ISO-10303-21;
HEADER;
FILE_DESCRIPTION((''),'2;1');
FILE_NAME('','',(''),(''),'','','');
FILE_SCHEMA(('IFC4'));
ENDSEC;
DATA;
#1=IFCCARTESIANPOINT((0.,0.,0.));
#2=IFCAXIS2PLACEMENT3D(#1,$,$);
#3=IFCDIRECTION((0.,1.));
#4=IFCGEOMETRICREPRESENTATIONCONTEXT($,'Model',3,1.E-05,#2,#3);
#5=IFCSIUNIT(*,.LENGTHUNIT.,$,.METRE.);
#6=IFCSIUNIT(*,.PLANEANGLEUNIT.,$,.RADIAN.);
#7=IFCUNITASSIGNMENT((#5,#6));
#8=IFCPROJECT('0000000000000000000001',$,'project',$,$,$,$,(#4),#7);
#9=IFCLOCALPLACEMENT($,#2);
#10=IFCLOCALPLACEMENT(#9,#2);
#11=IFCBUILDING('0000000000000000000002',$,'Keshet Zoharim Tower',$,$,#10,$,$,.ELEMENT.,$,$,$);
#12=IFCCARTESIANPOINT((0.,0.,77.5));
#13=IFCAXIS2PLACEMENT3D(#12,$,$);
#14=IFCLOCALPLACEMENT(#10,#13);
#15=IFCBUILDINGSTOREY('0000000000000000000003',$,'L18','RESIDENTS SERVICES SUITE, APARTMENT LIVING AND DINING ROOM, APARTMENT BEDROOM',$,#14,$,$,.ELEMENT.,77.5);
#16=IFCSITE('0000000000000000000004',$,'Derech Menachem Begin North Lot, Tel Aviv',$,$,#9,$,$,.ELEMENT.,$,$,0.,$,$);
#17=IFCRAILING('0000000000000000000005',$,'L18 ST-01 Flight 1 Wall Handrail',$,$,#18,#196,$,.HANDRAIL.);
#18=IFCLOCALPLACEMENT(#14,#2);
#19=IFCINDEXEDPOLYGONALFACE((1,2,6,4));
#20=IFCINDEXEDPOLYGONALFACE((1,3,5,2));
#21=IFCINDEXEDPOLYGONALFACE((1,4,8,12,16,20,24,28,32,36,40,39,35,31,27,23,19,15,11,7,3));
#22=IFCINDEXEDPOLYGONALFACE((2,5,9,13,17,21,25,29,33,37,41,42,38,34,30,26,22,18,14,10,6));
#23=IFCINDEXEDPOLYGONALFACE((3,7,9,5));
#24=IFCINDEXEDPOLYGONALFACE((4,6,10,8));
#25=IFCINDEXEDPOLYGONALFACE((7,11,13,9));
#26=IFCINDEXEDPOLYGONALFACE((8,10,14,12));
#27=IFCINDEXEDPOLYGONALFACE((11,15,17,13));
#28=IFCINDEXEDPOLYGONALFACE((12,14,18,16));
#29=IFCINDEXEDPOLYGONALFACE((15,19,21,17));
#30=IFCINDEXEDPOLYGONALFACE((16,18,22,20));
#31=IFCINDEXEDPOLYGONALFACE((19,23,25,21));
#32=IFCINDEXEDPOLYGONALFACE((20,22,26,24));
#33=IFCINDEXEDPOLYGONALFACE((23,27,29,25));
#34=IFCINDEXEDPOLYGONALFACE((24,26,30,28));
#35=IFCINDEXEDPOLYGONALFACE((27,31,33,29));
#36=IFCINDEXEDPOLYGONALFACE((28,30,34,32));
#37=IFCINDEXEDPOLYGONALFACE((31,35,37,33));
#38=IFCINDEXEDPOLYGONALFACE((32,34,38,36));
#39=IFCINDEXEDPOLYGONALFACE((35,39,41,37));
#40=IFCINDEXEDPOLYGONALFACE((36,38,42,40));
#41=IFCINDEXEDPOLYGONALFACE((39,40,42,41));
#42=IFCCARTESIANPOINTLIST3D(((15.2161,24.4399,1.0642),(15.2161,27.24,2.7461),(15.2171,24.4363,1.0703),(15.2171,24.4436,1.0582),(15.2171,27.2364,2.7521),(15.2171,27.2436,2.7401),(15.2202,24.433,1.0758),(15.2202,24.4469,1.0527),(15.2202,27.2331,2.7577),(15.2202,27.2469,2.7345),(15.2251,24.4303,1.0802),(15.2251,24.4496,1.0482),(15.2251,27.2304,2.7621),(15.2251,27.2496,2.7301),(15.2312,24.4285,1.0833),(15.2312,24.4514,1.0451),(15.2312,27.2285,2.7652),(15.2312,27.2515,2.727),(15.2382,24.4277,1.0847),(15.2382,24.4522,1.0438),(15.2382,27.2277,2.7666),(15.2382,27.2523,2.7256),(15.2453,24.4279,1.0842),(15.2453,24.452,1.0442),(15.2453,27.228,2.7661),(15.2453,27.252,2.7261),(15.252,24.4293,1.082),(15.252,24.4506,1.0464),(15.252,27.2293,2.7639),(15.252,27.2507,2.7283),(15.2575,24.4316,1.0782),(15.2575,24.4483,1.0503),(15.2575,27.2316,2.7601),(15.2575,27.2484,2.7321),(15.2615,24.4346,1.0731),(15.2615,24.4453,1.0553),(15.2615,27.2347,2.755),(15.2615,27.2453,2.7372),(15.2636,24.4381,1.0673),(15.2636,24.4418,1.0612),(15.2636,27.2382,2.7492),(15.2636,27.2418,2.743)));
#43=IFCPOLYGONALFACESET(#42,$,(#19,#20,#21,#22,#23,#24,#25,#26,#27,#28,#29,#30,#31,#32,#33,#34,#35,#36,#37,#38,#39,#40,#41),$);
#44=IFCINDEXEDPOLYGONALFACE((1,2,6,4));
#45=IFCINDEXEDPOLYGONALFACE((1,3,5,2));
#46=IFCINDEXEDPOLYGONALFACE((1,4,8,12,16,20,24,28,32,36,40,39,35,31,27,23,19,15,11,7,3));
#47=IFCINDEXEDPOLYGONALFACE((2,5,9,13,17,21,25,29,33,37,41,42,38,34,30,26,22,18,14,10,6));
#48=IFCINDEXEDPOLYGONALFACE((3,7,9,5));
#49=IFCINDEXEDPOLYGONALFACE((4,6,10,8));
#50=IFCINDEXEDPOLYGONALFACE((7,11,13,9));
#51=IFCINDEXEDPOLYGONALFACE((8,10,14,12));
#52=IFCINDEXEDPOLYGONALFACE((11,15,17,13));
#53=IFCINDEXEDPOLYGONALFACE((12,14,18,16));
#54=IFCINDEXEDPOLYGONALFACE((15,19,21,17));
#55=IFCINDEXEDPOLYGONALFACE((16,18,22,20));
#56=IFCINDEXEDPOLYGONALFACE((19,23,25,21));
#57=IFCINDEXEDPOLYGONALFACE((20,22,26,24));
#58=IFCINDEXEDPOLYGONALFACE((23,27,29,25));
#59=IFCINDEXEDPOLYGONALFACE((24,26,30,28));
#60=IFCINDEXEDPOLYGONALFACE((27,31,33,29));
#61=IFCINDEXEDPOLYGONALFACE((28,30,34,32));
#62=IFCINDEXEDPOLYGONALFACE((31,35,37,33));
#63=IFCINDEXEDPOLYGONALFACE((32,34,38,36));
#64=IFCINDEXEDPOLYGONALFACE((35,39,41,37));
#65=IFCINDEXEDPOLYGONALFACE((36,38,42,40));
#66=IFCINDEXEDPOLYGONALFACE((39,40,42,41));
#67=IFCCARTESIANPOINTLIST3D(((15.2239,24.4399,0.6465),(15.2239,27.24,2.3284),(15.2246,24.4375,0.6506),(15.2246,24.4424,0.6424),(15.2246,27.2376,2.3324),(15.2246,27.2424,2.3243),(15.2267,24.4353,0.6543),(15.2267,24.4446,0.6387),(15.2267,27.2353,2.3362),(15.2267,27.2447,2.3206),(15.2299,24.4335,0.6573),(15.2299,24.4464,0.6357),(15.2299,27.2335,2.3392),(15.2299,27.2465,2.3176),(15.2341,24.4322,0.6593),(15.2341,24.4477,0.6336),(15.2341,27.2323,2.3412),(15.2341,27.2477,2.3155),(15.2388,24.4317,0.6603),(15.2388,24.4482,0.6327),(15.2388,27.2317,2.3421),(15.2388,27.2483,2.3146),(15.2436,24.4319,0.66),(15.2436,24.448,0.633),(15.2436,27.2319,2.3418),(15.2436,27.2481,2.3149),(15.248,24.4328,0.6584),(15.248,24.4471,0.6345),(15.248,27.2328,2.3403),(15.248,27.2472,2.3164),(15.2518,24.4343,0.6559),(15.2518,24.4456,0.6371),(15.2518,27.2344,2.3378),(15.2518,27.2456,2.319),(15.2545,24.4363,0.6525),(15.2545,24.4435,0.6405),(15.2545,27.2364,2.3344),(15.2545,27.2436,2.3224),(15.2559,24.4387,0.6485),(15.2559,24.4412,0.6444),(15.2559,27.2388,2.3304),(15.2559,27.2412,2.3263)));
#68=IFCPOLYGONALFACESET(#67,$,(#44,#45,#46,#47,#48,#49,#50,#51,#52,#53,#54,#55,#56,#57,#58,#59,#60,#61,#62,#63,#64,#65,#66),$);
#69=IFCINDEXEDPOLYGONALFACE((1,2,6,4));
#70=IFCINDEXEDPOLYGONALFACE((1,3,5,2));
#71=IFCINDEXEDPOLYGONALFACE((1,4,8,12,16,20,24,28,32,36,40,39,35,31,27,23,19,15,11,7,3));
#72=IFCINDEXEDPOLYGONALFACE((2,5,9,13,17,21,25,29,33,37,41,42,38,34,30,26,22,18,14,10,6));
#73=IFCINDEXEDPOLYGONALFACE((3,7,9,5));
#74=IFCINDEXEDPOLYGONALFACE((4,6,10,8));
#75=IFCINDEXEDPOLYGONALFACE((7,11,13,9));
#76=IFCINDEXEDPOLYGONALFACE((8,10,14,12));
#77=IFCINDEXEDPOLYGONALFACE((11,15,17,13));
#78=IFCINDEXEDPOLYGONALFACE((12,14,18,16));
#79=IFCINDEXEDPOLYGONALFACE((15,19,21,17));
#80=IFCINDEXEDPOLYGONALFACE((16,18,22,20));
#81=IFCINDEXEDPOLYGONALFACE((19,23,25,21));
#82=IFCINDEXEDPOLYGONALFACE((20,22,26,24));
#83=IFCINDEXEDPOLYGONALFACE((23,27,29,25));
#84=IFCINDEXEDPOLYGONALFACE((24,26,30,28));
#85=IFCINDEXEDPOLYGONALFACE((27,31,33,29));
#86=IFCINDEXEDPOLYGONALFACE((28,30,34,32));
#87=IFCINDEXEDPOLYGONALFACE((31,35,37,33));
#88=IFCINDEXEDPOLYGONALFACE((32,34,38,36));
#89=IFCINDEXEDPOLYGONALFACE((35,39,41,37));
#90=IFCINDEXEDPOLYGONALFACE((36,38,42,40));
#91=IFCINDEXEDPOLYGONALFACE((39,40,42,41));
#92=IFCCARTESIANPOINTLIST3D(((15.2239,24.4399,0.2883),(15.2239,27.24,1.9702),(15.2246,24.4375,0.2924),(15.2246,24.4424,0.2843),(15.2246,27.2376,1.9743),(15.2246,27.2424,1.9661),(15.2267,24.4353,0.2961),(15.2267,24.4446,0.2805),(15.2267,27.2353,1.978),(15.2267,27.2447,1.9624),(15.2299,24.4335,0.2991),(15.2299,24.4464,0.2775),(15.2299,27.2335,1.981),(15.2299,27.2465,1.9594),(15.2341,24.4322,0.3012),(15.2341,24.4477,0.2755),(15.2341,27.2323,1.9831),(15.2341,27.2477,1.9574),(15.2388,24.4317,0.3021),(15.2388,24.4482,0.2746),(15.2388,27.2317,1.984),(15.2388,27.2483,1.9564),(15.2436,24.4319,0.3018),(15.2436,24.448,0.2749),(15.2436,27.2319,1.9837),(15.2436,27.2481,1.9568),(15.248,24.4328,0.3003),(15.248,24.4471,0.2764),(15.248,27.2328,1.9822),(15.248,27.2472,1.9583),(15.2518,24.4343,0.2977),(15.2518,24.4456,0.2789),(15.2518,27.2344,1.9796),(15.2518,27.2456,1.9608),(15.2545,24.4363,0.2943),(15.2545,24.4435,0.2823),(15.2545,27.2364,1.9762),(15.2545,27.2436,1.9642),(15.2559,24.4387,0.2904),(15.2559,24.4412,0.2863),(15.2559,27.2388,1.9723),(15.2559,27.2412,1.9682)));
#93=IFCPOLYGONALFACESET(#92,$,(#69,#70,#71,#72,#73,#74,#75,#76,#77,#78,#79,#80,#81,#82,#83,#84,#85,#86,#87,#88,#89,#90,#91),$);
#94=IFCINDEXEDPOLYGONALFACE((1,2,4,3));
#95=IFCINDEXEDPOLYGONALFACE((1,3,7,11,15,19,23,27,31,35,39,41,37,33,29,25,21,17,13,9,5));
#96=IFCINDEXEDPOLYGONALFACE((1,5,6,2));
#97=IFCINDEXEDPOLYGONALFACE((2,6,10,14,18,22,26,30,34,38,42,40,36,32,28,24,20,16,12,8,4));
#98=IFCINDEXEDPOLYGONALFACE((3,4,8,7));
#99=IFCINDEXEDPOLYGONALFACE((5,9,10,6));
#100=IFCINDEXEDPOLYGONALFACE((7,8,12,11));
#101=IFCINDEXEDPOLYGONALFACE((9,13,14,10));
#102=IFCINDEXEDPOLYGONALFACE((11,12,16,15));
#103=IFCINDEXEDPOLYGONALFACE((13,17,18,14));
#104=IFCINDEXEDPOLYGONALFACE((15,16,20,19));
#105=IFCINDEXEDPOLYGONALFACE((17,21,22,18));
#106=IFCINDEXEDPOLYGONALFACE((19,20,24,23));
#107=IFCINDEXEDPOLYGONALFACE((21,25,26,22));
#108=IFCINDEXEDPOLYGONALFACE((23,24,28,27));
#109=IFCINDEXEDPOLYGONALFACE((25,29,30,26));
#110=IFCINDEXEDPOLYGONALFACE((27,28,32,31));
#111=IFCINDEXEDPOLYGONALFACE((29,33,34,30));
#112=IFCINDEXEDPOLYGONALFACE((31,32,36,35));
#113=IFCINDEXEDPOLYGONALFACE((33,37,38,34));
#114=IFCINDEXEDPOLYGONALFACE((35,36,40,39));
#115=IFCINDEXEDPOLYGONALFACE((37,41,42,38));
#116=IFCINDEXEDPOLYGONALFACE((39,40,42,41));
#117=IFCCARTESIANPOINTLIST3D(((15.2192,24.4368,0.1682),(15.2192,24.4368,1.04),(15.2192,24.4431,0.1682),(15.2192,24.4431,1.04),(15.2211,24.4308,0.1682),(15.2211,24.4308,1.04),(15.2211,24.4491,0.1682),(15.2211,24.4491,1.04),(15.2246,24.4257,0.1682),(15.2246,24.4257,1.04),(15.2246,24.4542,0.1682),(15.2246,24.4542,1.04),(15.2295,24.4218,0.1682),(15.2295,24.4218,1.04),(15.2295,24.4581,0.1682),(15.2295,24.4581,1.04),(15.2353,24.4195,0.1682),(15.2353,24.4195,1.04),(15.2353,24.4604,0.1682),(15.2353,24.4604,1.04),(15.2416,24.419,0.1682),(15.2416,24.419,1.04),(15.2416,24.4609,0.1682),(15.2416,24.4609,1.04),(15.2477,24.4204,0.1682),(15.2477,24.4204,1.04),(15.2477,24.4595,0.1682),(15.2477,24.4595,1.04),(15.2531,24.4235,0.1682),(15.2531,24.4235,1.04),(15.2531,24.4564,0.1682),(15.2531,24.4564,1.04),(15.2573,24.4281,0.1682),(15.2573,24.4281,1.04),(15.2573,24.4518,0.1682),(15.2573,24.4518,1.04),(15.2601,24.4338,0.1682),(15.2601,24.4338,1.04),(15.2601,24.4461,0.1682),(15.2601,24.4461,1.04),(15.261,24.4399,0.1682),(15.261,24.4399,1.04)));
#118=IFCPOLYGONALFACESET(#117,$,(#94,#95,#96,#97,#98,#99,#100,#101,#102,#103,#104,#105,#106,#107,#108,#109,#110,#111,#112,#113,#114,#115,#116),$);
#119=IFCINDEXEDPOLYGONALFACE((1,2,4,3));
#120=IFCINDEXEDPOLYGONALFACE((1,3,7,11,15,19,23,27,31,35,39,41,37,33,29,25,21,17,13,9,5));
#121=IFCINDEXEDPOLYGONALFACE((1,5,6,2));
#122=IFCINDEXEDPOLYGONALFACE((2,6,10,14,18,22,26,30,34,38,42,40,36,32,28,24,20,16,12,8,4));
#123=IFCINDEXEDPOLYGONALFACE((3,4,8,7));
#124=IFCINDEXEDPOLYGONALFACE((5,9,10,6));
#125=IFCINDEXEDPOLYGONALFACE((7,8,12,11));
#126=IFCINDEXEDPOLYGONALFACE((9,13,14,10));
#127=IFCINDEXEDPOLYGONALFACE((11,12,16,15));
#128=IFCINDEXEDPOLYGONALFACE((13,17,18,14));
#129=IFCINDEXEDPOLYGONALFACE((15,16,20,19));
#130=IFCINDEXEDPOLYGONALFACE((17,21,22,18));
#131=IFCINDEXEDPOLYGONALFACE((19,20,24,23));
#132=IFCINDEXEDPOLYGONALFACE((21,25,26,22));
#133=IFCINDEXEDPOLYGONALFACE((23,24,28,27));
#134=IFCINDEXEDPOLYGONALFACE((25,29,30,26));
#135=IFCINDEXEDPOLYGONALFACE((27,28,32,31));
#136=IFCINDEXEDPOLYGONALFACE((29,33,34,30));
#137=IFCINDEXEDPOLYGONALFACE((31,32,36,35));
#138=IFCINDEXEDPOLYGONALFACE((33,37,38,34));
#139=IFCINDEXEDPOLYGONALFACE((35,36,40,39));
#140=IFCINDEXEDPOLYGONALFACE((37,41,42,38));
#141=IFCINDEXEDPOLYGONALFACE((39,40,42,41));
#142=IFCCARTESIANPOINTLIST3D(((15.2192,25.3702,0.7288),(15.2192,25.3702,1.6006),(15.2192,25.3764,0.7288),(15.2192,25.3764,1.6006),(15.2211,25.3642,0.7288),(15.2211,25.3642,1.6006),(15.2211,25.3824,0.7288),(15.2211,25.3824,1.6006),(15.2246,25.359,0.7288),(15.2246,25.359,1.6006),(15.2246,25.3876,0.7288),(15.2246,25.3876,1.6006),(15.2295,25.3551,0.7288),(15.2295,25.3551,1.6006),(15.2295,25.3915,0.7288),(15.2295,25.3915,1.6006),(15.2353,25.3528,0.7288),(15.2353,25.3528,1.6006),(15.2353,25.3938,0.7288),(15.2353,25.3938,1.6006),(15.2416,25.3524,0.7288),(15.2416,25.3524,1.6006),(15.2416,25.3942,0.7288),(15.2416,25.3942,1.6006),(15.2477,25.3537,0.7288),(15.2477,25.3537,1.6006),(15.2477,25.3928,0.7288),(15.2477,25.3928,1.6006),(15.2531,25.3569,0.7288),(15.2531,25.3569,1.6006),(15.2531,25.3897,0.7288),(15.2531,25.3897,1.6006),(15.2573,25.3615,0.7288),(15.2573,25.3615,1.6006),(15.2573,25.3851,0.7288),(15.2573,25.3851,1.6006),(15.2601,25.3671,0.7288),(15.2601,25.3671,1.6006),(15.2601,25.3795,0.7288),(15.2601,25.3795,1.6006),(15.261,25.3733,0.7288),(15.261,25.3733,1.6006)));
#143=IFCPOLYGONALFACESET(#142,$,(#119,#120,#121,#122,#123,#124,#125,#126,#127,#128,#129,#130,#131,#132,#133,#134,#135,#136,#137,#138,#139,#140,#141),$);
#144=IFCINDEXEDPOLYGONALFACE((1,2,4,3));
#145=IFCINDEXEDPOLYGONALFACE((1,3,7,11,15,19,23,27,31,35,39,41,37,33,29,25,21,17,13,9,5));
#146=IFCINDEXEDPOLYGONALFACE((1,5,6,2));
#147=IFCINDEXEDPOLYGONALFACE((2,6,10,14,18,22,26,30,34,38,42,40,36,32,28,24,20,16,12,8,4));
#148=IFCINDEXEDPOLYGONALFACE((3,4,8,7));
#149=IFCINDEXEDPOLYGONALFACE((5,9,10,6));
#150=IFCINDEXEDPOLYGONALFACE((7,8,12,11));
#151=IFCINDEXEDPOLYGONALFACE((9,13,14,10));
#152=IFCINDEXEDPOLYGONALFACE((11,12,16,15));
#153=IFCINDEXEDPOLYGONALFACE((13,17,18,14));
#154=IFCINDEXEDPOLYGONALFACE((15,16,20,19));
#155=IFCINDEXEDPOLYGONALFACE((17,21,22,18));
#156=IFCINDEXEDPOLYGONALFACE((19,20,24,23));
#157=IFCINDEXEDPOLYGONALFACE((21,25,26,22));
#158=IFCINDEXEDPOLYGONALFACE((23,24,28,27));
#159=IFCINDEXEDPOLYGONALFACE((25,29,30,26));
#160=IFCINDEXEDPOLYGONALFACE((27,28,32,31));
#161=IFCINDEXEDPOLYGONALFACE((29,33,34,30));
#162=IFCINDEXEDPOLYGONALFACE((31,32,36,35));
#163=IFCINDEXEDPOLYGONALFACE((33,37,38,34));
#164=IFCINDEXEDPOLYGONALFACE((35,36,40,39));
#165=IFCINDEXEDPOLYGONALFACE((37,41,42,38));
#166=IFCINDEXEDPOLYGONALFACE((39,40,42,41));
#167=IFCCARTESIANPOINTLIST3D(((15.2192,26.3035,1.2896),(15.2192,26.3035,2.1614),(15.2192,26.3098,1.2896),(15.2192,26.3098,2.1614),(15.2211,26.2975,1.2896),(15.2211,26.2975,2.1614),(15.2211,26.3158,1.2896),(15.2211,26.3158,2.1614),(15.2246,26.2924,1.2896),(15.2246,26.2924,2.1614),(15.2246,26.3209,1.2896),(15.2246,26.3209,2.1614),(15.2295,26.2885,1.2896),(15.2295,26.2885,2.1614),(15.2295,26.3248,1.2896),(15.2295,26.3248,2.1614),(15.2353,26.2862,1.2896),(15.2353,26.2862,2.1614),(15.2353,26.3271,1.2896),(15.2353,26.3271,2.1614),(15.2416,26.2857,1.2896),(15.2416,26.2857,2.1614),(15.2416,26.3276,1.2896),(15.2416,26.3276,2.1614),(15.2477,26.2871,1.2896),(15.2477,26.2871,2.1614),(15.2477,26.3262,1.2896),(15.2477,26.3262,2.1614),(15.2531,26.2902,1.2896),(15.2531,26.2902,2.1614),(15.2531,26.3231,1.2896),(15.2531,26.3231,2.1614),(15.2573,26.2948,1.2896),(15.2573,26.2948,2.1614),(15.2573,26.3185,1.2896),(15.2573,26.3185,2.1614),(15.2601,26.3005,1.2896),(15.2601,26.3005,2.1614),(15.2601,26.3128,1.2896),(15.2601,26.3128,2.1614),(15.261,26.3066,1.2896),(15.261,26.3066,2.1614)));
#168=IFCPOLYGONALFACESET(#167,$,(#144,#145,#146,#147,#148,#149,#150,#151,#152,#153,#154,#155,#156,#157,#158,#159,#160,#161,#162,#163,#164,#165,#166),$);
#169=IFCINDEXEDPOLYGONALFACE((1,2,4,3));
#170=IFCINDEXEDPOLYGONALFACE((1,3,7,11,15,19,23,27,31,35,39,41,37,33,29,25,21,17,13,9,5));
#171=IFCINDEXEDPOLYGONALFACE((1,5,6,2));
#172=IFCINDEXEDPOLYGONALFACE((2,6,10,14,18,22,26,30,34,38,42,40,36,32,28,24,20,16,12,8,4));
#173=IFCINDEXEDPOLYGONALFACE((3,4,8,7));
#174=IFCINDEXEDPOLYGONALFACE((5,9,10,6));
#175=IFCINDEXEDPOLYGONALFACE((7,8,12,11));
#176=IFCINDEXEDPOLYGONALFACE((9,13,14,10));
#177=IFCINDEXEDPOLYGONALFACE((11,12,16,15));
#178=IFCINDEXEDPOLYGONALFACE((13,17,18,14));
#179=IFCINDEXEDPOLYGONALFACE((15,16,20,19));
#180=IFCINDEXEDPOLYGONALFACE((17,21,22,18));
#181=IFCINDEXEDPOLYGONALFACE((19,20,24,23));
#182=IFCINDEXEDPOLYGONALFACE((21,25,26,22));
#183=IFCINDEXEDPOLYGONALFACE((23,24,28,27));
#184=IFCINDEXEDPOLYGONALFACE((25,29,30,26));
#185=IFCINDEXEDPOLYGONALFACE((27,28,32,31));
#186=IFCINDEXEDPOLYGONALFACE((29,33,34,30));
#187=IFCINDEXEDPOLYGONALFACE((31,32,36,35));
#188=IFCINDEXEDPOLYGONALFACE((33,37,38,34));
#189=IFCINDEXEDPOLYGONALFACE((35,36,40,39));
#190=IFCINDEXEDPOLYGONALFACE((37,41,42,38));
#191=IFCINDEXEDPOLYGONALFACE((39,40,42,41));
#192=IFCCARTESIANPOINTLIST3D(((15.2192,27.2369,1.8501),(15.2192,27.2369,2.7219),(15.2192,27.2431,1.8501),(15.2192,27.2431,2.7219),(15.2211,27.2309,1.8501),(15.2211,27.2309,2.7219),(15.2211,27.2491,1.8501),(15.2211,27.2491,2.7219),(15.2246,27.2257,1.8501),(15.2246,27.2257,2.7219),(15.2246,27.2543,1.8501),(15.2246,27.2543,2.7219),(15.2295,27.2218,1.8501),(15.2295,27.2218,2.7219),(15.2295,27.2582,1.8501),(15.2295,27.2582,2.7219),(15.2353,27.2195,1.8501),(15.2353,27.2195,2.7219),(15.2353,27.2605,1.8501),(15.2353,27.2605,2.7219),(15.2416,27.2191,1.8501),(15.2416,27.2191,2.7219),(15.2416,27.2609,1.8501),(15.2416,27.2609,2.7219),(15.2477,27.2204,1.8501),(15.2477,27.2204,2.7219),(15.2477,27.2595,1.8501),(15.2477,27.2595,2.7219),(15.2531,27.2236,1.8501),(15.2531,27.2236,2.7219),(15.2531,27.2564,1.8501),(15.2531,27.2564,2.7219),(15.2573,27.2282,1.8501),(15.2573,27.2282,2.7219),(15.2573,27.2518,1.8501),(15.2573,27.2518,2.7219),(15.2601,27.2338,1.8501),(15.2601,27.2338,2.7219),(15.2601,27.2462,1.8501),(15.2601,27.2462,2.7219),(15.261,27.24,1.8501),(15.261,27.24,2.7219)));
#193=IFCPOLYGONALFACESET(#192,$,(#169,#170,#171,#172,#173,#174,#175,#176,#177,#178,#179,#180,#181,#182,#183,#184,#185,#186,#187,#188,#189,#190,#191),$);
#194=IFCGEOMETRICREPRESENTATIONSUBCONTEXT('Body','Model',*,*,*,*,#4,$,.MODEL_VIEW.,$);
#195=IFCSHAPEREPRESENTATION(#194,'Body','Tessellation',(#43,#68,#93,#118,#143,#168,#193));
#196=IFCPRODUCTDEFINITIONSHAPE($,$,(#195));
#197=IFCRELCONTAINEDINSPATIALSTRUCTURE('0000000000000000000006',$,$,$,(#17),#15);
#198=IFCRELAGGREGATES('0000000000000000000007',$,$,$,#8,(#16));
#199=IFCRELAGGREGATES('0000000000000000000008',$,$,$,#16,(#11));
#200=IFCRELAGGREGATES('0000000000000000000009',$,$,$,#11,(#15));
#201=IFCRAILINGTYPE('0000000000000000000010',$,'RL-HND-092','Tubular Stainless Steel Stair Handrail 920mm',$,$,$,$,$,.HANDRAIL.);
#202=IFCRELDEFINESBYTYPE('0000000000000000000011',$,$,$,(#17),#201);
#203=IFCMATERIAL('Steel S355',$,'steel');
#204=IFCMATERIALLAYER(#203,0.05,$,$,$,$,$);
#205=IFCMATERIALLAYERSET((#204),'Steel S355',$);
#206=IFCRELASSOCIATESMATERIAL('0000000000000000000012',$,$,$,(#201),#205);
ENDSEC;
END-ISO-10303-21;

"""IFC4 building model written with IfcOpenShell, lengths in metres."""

from ifc_helpers import new_model, si_unit, direction, frame, origin, origin_2d, place, context, subcontext, project, spatial, circle, extrude, material, layer, layer_set, type_object, element, save


model = new_model("IFC4")

# Units and contexts
model_context = context("Model", 3, precision=1e-05, world=origin(), true_north=direction((0.0, 1.0)))
body_context = subcontext(model_context, "Body", "Model", "MODEL_VIEW")
ifc_project = project(units=[si_unit("LENGTHUNIT", "METRE"), si_unit("PLANEANGLEUNIT", "RADIAN")], contexts=[model_context])

# Site, building, storey
site_placement = place(None, origin())
site = spatial("IfcSite", under=ifc_project, at=site_placement, Name="Derech Menachem Begin North Lot, Tel Aviv", CompositionType="ELEMENT", RefElevation=0.0)
building_placement = place(site_placement, origin())
building = spatial("IfcBuilding", under=site, at=building_placement, Name="Keshet Zoharim Tower", CompositionType="ELEMENT")
storey_placement = place(building_placement, frame((0.0, 0.0, 77.5)))
storey = spatial("IfcBuildingStorey", under=building, at=storey_placement, Name="L18", Description="RESIDENTS SERVICES SUITE, APARTMENT LIVING AND DINING ROOM, APARTMENT BEDROOM", CompositionType="ELEMENT", Elevation=77.5)

# Railing
ifc_material_1 = material(Name="Steel S355", Category="steel")
ifc_layer_1 = layer(ifc_material_1, 0.05)
ifc_layer_set_1 = layer_set([ifc_layer_1], Name="Steel S355")
railing_type_1 = type_object("IfcRailingType", Name="RL-HND-092", Description="Tubular Stainless Steel Stair Handrail 920mm", PredefinedType="HANDRAIL", material=ifc_layer_set_1)
railing_1_placement = place(storey_placement, frame((15.24, 24.4399, 0.1682)))
element("IfcRailing", 1, at=railing_1_placement, inside=storey, type_object=railing_type_1, Name="L18 ST-01 Flight 1 Wall Handrail", PredefinedType="HANDRAIL", context=body_context, shape_type="SweptSolid", body=[
    extrude(circle(Radius=0.0239, at=origin_2d()), frame((0.0, 0.0, 0.896), z_axis=(0.0, 0.857242, 0.514913), x_axis=(-1.0, 0.0, 0.0)), (0.0, 0.0, 1.0), 3.2664),
    extrude(circle(Radius=0.0161, at=origin_2d()), frame((0.0, 0.0, 0.4783), z_axis=(0.0, 0.857242, 0.514913), x_axis=(-1.0, 0.0, 0.0)), (0.0, 0.0, 1.0), 3.2664),
    extrude(circle(Radius=0.0161, at=origin_2d()), frame((0.0, 0.0, 0.1201), z_axis=(0.0, 0.857242, 0.514913), x_axis=(-1.0, 0.0, 0.0)), (0.0, 0.0, 1.0), 3.2664),
    extrude(circle(Radius=0.021, at=origin_2d()), origin(), (0.0, 0.0, 1.0), 0.8718),
    extrude(circle(Radius=0.021, at=origin_2d()), frame((0.0, 0.9333, 0.5605)), (0.0, 0.0, 1.0), 0.8718),
    extrude(circle(Radius=0.021, at=origin_2d()), frame((0.0, 1.8667, 1.1213)), (0.0, 0.0, 1.0), 0.8718),
    extrude(circle(Radius=0.021, at=origin_2d()), frame((0.0, 2.8, 1.6819)), (0.0, 0.0, 1.0), 0.8718),
])

save(model, "model.ifc")
